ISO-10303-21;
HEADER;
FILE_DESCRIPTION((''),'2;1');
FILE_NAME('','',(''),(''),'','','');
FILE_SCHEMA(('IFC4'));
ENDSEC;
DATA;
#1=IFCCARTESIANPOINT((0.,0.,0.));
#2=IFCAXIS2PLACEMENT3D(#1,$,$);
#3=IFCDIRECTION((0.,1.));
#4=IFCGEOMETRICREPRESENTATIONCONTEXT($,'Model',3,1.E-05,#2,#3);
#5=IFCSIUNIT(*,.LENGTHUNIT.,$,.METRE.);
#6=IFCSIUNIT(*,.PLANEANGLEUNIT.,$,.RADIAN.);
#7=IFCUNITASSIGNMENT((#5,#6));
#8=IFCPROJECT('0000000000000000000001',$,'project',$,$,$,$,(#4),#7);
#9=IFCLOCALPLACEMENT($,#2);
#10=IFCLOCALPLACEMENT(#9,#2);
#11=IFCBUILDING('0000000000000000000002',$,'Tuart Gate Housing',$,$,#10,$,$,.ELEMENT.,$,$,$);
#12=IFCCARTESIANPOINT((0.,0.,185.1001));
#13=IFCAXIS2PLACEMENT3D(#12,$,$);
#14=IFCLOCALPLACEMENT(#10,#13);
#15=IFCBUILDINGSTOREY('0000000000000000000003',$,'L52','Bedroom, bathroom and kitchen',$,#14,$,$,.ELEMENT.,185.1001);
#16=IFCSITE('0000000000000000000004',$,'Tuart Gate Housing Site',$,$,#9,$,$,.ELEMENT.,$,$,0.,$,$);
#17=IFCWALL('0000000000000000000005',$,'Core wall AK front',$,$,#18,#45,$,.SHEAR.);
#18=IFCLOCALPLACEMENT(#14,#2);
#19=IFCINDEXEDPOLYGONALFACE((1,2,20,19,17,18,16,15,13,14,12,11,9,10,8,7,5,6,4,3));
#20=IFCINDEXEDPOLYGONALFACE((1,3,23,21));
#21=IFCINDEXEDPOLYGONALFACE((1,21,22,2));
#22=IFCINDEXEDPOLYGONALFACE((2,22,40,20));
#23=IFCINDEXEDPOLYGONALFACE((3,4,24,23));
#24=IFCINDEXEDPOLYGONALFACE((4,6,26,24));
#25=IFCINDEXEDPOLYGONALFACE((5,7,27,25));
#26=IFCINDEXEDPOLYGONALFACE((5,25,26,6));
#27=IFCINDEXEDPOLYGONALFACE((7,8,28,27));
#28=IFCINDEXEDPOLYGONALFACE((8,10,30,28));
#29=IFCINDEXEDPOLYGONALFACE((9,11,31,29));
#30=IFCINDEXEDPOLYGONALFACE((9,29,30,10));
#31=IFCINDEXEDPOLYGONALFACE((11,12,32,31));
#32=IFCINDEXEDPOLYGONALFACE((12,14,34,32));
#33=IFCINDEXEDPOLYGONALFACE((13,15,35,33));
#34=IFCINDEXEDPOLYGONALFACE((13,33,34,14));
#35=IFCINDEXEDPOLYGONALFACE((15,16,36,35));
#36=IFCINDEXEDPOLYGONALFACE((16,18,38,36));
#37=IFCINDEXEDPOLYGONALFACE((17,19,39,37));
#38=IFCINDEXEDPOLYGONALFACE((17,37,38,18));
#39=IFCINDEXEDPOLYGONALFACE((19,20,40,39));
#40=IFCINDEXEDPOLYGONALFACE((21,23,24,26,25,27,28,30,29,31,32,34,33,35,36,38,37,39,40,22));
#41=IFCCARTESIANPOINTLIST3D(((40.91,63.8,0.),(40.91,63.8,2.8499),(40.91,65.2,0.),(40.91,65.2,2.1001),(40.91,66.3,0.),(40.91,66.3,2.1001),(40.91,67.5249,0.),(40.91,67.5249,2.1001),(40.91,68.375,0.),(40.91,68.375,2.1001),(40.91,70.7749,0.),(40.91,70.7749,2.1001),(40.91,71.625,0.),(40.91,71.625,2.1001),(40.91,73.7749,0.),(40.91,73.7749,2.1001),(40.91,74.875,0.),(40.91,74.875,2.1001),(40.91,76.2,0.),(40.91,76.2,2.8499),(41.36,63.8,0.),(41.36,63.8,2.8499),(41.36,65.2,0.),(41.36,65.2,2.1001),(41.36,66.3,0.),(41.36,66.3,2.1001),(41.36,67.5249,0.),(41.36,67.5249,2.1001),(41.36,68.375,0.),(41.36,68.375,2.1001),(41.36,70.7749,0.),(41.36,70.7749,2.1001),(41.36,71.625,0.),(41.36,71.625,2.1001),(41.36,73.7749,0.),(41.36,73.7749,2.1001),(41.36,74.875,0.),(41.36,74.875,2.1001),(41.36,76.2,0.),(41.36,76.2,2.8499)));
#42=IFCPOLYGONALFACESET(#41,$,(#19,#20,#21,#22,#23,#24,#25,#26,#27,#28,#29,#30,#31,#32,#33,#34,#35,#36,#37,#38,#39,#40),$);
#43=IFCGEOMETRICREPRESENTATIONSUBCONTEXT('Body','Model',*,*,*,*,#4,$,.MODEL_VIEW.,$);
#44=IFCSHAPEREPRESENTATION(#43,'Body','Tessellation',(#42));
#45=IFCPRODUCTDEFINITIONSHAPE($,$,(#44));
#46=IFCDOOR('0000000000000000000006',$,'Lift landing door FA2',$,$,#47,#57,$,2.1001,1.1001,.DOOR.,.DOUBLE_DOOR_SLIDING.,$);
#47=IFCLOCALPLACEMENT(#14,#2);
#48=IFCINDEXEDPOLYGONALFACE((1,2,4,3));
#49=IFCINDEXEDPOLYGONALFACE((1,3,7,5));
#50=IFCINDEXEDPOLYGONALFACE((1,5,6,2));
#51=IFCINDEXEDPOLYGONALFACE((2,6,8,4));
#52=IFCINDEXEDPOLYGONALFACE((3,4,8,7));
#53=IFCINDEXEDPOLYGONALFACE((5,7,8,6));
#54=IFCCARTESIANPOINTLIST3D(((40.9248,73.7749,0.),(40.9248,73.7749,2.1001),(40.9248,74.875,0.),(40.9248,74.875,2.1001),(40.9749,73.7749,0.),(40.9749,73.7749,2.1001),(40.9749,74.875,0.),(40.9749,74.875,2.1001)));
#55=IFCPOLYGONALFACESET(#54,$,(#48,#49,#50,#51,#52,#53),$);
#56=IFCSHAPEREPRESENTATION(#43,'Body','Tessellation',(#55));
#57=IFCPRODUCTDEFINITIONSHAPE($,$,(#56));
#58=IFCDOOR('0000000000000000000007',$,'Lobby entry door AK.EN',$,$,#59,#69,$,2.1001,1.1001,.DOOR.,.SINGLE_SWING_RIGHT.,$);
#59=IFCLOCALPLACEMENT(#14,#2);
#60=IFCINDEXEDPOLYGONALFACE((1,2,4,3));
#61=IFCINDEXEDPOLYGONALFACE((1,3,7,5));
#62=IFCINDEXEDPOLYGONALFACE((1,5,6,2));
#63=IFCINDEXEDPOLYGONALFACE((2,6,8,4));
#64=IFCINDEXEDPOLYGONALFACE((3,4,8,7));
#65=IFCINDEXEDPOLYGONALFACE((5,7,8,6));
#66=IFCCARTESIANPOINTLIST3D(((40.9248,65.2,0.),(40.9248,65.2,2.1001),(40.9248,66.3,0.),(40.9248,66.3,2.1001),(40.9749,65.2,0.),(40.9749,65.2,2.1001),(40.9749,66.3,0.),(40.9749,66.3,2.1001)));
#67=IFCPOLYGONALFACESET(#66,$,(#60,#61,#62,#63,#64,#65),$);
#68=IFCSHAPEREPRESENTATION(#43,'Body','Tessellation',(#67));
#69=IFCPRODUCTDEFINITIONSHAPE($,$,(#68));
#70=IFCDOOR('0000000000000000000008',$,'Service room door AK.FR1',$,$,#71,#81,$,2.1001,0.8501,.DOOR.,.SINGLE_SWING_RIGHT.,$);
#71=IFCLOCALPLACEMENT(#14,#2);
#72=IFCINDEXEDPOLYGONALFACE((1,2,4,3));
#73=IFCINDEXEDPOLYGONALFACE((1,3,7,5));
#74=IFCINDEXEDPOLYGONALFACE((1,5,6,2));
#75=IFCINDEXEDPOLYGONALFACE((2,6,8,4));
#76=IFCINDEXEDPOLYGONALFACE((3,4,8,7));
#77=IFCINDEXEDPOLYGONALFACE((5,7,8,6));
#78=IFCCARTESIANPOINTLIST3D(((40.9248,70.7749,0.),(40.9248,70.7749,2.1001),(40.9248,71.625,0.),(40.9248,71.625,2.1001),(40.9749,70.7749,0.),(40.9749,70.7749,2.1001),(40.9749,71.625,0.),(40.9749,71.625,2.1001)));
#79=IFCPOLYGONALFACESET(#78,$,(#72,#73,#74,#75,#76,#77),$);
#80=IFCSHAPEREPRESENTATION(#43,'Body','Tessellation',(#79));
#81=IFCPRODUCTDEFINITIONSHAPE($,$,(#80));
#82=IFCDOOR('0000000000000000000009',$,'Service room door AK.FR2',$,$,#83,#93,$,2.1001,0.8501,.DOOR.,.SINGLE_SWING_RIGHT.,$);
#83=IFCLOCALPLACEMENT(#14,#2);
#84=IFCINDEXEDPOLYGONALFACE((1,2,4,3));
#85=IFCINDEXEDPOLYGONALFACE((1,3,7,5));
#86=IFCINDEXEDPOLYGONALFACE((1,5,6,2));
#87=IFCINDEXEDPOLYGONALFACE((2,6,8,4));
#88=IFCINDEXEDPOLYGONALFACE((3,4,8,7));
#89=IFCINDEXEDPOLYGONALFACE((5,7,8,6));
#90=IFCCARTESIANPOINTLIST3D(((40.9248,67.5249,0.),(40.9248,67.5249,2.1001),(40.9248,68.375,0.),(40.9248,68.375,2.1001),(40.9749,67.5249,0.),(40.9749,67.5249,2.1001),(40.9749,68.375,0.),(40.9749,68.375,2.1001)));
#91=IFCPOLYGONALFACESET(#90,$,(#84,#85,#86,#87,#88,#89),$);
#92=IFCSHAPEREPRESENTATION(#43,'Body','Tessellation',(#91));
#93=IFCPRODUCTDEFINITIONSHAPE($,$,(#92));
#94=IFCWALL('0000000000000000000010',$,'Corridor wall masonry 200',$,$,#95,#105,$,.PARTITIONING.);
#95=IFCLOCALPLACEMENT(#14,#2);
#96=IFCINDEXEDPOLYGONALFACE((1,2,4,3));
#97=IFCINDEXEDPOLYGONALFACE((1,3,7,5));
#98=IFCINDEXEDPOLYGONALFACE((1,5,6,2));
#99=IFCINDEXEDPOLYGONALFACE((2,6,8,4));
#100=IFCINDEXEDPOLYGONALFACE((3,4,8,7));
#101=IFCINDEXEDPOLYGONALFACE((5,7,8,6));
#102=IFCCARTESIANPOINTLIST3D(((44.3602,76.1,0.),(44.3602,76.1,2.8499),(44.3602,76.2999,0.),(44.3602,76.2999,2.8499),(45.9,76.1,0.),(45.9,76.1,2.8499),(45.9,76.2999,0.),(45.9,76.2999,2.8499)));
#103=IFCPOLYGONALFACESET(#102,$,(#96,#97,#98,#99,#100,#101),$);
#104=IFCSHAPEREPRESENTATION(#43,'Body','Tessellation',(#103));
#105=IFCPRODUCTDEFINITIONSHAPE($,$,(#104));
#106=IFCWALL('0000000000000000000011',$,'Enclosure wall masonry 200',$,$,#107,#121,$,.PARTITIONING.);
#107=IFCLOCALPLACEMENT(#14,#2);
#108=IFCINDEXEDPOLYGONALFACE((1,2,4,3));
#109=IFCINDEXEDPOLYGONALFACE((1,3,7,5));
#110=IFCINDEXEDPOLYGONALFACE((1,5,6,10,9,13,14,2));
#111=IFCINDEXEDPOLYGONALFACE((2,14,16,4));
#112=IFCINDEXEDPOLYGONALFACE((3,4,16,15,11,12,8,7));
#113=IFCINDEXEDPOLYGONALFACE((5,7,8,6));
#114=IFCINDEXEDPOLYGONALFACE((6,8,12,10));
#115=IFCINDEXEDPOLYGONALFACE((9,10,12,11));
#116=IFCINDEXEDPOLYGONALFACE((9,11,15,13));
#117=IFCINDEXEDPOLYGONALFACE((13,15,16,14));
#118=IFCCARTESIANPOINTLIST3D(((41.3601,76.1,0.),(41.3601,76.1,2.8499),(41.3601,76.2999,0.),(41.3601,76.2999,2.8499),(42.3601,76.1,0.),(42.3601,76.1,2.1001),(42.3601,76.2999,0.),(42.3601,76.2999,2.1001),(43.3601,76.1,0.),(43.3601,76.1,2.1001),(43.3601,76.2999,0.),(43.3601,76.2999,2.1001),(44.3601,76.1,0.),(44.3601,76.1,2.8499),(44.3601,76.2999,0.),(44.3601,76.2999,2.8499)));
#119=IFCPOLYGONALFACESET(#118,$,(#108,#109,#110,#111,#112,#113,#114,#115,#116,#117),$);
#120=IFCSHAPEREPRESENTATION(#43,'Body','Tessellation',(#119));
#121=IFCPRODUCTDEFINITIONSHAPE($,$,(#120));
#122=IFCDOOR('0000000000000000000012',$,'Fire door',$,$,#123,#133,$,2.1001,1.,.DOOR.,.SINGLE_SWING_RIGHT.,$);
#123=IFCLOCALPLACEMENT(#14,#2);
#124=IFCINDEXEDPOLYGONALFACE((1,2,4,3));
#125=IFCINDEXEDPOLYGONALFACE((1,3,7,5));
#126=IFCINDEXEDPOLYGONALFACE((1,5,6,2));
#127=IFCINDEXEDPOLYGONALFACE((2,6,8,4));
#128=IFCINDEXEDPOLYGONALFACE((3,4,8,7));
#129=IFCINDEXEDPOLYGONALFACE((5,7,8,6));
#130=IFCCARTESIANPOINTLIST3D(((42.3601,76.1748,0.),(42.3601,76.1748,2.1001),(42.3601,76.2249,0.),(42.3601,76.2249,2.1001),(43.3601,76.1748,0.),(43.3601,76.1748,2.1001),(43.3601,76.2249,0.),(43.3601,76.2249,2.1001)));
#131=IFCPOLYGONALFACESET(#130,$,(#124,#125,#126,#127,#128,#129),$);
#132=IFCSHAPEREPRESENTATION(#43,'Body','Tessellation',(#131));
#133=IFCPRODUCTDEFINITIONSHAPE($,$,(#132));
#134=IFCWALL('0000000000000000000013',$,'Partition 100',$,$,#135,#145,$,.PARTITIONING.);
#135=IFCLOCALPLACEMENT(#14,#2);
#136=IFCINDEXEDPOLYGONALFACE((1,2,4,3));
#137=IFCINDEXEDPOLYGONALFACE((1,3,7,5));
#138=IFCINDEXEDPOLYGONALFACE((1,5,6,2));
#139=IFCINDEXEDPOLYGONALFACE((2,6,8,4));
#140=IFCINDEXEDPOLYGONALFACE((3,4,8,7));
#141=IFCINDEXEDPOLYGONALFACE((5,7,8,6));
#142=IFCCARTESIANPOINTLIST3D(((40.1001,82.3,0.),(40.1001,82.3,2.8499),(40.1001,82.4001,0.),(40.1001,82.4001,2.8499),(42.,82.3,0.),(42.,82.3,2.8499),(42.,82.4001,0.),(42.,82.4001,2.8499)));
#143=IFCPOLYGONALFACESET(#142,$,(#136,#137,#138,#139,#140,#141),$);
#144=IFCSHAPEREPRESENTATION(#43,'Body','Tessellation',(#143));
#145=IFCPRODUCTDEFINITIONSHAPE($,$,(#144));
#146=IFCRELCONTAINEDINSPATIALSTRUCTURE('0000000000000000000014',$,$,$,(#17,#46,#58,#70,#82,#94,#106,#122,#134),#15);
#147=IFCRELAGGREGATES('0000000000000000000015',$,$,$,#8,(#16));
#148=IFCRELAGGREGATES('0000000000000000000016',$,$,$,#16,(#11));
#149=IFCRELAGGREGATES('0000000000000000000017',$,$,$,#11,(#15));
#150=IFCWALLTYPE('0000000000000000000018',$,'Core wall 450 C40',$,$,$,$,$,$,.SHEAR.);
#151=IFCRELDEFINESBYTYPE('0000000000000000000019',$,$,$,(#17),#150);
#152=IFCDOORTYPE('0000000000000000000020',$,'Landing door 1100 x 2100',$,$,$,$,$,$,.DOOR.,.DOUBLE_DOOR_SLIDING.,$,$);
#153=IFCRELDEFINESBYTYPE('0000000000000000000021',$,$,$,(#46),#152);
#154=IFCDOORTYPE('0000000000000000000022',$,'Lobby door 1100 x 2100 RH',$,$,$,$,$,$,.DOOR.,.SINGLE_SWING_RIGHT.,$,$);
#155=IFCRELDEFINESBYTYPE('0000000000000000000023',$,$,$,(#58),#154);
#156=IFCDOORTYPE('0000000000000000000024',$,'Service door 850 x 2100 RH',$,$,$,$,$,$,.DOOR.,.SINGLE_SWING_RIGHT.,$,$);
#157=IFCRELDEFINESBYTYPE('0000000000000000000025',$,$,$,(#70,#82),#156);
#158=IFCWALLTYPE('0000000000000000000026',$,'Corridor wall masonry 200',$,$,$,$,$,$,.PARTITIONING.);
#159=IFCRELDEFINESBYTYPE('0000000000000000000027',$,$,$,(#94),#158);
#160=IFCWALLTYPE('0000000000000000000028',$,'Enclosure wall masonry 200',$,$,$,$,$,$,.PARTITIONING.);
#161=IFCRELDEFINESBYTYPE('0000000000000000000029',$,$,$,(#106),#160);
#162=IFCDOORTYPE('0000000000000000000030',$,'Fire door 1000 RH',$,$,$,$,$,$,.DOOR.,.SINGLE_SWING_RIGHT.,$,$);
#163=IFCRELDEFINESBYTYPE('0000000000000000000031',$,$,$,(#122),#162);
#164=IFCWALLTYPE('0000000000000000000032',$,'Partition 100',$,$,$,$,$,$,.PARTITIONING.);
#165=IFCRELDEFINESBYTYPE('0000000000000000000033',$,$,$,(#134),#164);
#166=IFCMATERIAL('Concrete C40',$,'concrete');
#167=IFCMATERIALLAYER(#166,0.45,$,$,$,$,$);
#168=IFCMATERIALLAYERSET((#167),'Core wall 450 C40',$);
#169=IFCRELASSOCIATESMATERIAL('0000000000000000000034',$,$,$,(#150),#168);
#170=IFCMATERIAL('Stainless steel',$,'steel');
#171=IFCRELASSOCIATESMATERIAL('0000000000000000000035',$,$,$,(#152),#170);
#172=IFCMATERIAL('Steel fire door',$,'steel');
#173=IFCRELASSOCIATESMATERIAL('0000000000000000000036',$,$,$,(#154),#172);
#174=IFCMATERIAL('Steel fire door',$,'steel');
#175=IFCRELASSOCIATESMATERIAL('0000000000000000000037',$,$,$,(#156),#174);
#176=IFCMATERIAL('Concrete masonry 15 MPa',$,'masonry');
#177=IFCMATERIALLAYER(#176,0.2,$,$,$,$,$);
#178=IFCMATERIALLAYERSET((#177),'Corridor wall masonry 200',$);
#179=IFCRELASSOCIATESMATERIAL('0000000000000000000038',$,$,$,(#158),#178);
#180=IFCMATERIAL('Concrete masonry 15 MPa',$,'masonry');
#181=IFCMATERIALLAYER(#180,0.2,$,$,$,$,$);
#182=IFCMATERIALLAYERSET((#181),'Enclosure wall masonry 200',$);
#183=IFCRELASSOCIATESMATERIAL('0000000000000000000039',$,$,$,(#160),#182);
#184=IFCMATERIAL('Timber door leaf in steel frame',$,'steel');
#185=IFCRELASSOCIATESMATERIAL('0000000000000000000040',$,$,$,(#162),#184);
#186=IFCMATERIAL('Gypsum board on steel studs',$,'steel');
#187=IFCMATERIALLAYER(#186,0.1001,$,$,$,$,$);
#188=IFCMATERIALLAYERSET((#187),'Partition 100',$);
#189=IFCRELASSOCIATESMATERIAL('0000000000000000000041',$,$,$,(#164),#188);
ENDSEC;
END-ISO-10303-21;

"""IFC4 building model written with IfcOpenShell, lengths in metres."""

from ifc_helpers import new_model, si_unit, direction, frame, frame_2d, origin, place, context, subcontext, project, spatial, rectangle, extrude, material, layer, layer_set, type_object, element, fill, save


model = new_model("IFC4")

# Units and contexts
model_context = context("Model", 3, precision=1e-05, world=origin(), true_north=direction((0.0, 1.0)))
body_context = subcontext(model_context, "Body", "Model", "MODEL_VIEW")
ifc_project = project(units=[si_unit("LENGTHUNIT", "METRE"), si_unit("PLANEANGLEUNIT", "RADIAN")], contexts=[model_context])

# Site, building, storey
site_placement = place(None, origin())
site = spatial("IfcSite", under=ifc_project, at=site_placement, Name="Tuart Gate Housing Site", CompositionType="ELEMENT", RefElevation=0.0)
building_placement = place(site_placement, origin())
building = spatial("IfcBuilding", under=site, at=building_placement, Name="Tuart Gate Housing", CompositionType="ELEMENT")
storey_placement = place(building_placement, frame((0.0, 0.0, 185.1001)))
storey = spatial("IfcBuildingStorey", under=building, at=storey_placement, Name="L52", Description="Bedroom, bathroom and kitchen", CompositionType="ELEMENT", Elevation=185.1001)

# Wall, openings, doors
ifc_material_1 = material(Name="Concrete C40", Category="concrete")
ifc_layer_1 = layer(ifc_material_1, 0.45)
ifc_layer_set_1 = layer_set([ifc_layer_1], Name="Core wall 450 C40")
wall_type_1 = type_object("IfcWallType", Name="Core wall 450 C40", PredefinedType="SHEAR", material=ifc_layer_set_1)
wall_1_placement = place(storey_placement, frame((41.135, 76.2, 0.0), z_axis=(0.0, 0.0, 1.0), x_axis=(0.0, -1.0, 0.0)))
wall_1 = element("IfcWall", 1, at=wall_1_placement, inside=storey, type_object=wall_type_1, Name="Core wall AK front", PredefinedType="SHEAR", context=body_context, shape_type="SweptSolid", body=[
    extrude(rectangle(XDim=12.3999, YDim=0.45, at=frame_2d((6.2, 0.0))), origin(), (0.0, 0.0, 1.0), 2.8499),
])
opening_1_placement = place(wall_1_placement, frame((1.325, 0.0, 0.0)))
opening_1 = element("IfcOpeningElement", 2, at=opening_1_placement, cuts=wall_1, PredefinedType="OPENING", context=body_context, shape_type="SweptSolid", body=[
    extrude(rectangle(XDim=1.1001, YDim=2.1001, at=frame_2d((0.55, 1.05))), frame((0.0, 0.2349, 0.0), z_axis=(0.0, -1.0, 0.0), x_axis=(1.0, 0.0, 0.0)), (0.0, 0.0, 1.0), 0.47),
])
opening_2_placement = place(wall_1_placement, frame((4.575, 0.0, 0.0)))
opening_2 = element("IfcOpeningElement", 3, at=opening_2_placement, cuts=wall_1, PredefinedType="OPENING", context=body_context, shape_type="SweptSolid", body=[
    extrude(rectangle(XDim=0.8501, YDim=2.1001, at=frame_2d((0.425, 1.05))), frame((0.0, 0.2349, 0.0), z_axis=(0.0, -1.0, 0.0), x_axis=(1.0, 0.0, 0.0)), (0.0, 0.0, 1.0), 0.47),
])
opening_3_placement = place(wall_1_placement, frame((7.825, 0.0, 0.0)))
opening_3 = element("IfcOpeningElement", 4, at=opening_3_placement, cuts=wall_1, PredefinedType="OPENING", context=body_context, shape_type="SweptSolid", body=[
    extrude(rectangle(XDim=0.8501, YDim=2.1001, at=frame_2d((0.425, 1.05))), frame((0.0, 0.2349, 0.0), z_axis=(0.0, -1.0, 0.0), x_axis=(1.0, 0.0, 0.0)), (0.0, 0.0, 1.0), 0.47),
])
opening_4_placement = place(wall_1_placement, frame((9.8999, 0.0, 0.0)))
opening_4 = element("IfcOpeningElement", 5, at=opening_4_placement, cuts=wall_1, PredefinedType="OPENING", context=body_context, shape_type="SweptSolid", body=[
    extrude(rectangle(XDim=1.1001, YDim=2.1001, at=frame_2d((0.55, 1.05))), frame((0.0, 0.2349, 0.0), z_axis=(0.0, -1.0, 0.0), x_axis=(1.0, 0.0, 0.0)), (0.0, 0.0, 1.0), 0.47),
])
ifc_material_2 = material(Name="Stainless steel", Category="steel")
door_type_1 = type_object("IfcDoorType", Name="Landing door 1100 x 2100", OperationType="DOUBLE_DOOR_SLIDING", PredefinedType="DOOR", material=ifc_material_2)
door_1_placement = place(opening_1_placement, origin())
door_1 = element("IfcDoor", 6, at=door_1_placement, inside=storey, type_object=door_type_1, Name="Lift landing door FA2", OperationType="DOUBLE_DOOR_SLIDING", OverallHeight=2.1001, OverallWidth=1.1001, PredefinedType="DOOR", context=body_context, shape_type="SweptSolid", body=[
    extrude(rectangle(XDim=1.1001, YDim=2.1001, at=frame_2d((0.55, 1.05))), frame((0.0, -0.1602, 0.0), z_axis=(0.0, -1.0, 0.0), x_axis=(1.0, 0.0, 0.0)), (0.0, 0.0, 1.0), 0.05),
])
fill(opening_1, door_1)
ifc_material_3 = material(Name="Steel fire door", Category="steel")
door_type_2 = type_object("IfcDoorType", Name="Lobby door 1100 x 2100 RH", OperationType="SINGLE_SWING_RIGHT", PredefinedType="DOOR", material=ifc_material_3)
door_2_placement = place(opening_4_placement, frame((1.1001, 0.0, 0.0), z_axis=(0.0, 0.0, 1.0), x_axis=(-1.0, 0.0, 0.0)))
door_2 = element("IfcDoor", 7, at=door_2_placement, inside=storey, type_object=door_type_2, Name="Lobby entry door AK.EN", OperationType="SINGLE_SWING_RIGHT", OverallHeight=2.1001, OverallWidth=1.1001, PredefinedType="DOOR", context=body_context, shape_type="SweptSolid", body=[
    extrude(rectangle(XDim=1.1001, YDim=2.1001, at=frame_2d((0.55, 1.05))), frame((0.0, 0.2102, 0.0), z_axis=(0.0, -1.0, 0.0), x_axis=(1.0, 0.0, 0.0)), (0.0, 0.0, 1.0), 0.05),
])
fill(opening_4, door_2)
ifc_material_4 = material(Name="Steel fire door", Category="steel")
door_type_3 = type_object("IfcDoorType", Name="Service door 850 x 2100 RH", OperationType="SINGLE_SWING_RIGHT", PredefinedType="DOOR", material=ifc_material_4)
door_3_placement = place(opening_2_placement, frame((0.8501, 0.0, 0.0), z_axis=(0.0, 0.0, 1.0), x_axis=(-1.0, 0.0, 0.0)))
door_3 = element("IfcDoor", 8, at=door_3_placement, inside=storey, type_object=door_type_3, Name="Service room door AK.FR1", OperationType="SINGLE_SWING_RIGHT", OverallHeight=2.1001, OverallWidth=0.8501, PredefinedType="DOOR", context=body_context, shape_type="SweptSolid", body=[
    extrude(rectangle(XDim=0.8501, YDim=2.1001, at=frame_2d((0.425, 1.05))), frame((0.0, 0.2102, 0.0), z_axis=(0.0, -1.0, 0.0), x_axis=(1.0, 0.0, 0.0)), (0.0, 0.0, 1.0), 0.05),
])
fill(opening_2, door_3)
door_4_placement = place(opening_3_placement, frame((0.8501, 0.0, 0.0), z_axis=(0.0, 0.0, 1.0), x_axis=(-1.0, 0.0, 0.0)))
door_4 = element("IfcDoor", 9, at=door_4_placement, inside=storey, type_object=door_type_3, Name="Service room door AK.FR2", OperationType="SINGLE_SWING_RIGHT", OverallHeight=2.1001, OverallWidth=0.8501, PredefinedType="DOOR", context=body_context, shape_type="SweptSolid", body=[
    extrude(rectangle(XDim=0.8501, YDim=2.1001, at=frame_2d((0.425, 1.05))), frame((0.0, 0.2102, 0.0), z_axis=(0.0, -1.0, 0.0), x_axis=(1.0, 0.0, 0.0)), (0.0, 0.0, 1.0), 0.05),
])
fill(opening_3, door_4)

# Wall
ifc_material_5 = material(Name="Concrete masonry 15 MPa", Category="masonry")
ifc_layer_2 = layer(ifc_material_5, 0.2)
ifc_layer_set_2 = layer_set([ifc_layer_2], Name="Corridor wall masonry 200")
wall_type_2 = type_object("IfcWallType", Name="Corridor wall masonry 200", PredefinedType="PARTITIONING", material=ifc_layer_set_2)
wall_2_placement = place(storey_placement, frame((44.3601, 76.2, 0.0), z_axis=(0.0, 0.0, 1.0), x_axis=(1.0, 0.0, 0.0)))
element("IfcWall", 10, at=wall_2_placement, inside=storey, type_object=wall_type_2, Name="Corridor wall masonry 200", PredefinedType="PARTITIONING", context=body_context, shape_type="SweptSolid", body=[
    extrude(rectangle(XDim=1.5398, YDim=0.2, at=frame_2d((0.77, 0.0))), origin(), (0.0, 0.0, 1.0), 2.8499),
])

# Wall, opening, door
ifc_material_6 = material(Name="Concrete masonry 15 MPa", Category="masonry")
ifc_layer_3 = layer(ifc_material_6, 0.2)
ifc_layer_set_3 = layer_set([ifc_layer_3], Name="Enclosure wall masonry 200")
wall_type_3 = type_object("IfcWallType", Name="Enclosure wall masonry 200", PredefinedType="PARTITIONING", material=ifc_layer_set_3)
wall_3_placement = place(storey_placement, frame((41.3601, 76.2, 0.0), z_axis=(0.0, 0.0, 1.0), x_axis=(1.0, 0.0, 0.0)))
wall_3 = element("IfcWall", 11, at=wall_3_placement, inside=storey, type_object=wall_type_3, Name="Enclosure wall masonry 200", PredefinedType="PARTITIONING", context=body_context, shape_type="SweptSolid", body=[
    extrude(rectangle(XDim=3.0, YDim=0.2, at=frame_2d((1.5, 0.0))), origin(), (0.0, 0.0, 1.0), 2.8499),
])
opening_5_placement = place(wall_3_placement, frame((1.0, 0.0, 0.0)))
opening_5 = element("IfcOpeningElement", 12, at=opening_5_placement, cuts=wall_3, PredefinedType="OPENING", context=body_context, shape_type="SweptSolid", body=[
    extrude(rectangle(XDim=1.0, YDim=2.1001, at=frame_2d((0.5, 1.05))), frame((0.0, 0.1099, 0.0), z_axis=(0.0, -1.0, 0.0), x_axis=(1.0, 0.0, 0.0)), (0.0, 0.0, 1.0), 0.22),
])
ifc_material_7 = material(Name="Timber door leaf in steel frame", Category="steel")
door_type_4 = type_object("IfcDoorType", Name="Fire door 1000 RH", OperationType="SINGLE_SWING_RIGHT", PredefinedType="DOOR", material=ifc_material_7)
door_5_placement = place(opening_5_placement, origin())
door_5 = element("IfcDoor", 13, at=door_5_placement, inside=storey, type_object=door_type_4, Name="Fire door", OperationType="SINGLE_SWING_RIGHT", OverallHeight=2.1001, OverallWidth=1.0, PredefinedType="DOOR", context=body_context, shape_type="SweptSolid", body=[
    extrude(rectangle(XDim=1.0, YDim=2.1001, at=frame_2d((0.5, 1.05))), frame((0.0, 0.0249, 0.0), z_axis=(0.0, -1.0, 0.0), x_axis=(1.0, 0.0, 0.0)), (0.0, 0.0, 1.0), 0.05),
])
fill(opening_5, door_5)

# Wall
ifc_material_8 = material(Name="Gypsum board on steel studs", Category="steel")
ifc_layer_4 = layer(ifc_material_8, 0.1001)
ifc_layer_set_4 = layer_set([ifc_layer_4], Name="Partition 100")
wall_type_4 = type_object("IfcWallType", Name="Partition 100", PredefinedType="PARTITIONING", material=ifc_layer_set_4)
wall_4_placement = place(storey_placement, frame((40.1001, 82.3501, 0.0), z_axis=(0.0, 0.0, 1.0), x_axis=(1.0, 0.0, 0.0)))
element("IfcWall", 14, at=wall_4_placement, inside=storey, type_object=wall_type_4, Name="Partition 100", PredefinedType="PARTITIONING", context=body_context, shape_type="SweptSolid", body=[
    extrude(rectangle(XDim=1.8999, YDim=0.1001, at=frame_2d((0.95, 0.0))), origin(), (0.0, 0.0, 1.0), 2.8499),
])

save(model, "model.ifc")
